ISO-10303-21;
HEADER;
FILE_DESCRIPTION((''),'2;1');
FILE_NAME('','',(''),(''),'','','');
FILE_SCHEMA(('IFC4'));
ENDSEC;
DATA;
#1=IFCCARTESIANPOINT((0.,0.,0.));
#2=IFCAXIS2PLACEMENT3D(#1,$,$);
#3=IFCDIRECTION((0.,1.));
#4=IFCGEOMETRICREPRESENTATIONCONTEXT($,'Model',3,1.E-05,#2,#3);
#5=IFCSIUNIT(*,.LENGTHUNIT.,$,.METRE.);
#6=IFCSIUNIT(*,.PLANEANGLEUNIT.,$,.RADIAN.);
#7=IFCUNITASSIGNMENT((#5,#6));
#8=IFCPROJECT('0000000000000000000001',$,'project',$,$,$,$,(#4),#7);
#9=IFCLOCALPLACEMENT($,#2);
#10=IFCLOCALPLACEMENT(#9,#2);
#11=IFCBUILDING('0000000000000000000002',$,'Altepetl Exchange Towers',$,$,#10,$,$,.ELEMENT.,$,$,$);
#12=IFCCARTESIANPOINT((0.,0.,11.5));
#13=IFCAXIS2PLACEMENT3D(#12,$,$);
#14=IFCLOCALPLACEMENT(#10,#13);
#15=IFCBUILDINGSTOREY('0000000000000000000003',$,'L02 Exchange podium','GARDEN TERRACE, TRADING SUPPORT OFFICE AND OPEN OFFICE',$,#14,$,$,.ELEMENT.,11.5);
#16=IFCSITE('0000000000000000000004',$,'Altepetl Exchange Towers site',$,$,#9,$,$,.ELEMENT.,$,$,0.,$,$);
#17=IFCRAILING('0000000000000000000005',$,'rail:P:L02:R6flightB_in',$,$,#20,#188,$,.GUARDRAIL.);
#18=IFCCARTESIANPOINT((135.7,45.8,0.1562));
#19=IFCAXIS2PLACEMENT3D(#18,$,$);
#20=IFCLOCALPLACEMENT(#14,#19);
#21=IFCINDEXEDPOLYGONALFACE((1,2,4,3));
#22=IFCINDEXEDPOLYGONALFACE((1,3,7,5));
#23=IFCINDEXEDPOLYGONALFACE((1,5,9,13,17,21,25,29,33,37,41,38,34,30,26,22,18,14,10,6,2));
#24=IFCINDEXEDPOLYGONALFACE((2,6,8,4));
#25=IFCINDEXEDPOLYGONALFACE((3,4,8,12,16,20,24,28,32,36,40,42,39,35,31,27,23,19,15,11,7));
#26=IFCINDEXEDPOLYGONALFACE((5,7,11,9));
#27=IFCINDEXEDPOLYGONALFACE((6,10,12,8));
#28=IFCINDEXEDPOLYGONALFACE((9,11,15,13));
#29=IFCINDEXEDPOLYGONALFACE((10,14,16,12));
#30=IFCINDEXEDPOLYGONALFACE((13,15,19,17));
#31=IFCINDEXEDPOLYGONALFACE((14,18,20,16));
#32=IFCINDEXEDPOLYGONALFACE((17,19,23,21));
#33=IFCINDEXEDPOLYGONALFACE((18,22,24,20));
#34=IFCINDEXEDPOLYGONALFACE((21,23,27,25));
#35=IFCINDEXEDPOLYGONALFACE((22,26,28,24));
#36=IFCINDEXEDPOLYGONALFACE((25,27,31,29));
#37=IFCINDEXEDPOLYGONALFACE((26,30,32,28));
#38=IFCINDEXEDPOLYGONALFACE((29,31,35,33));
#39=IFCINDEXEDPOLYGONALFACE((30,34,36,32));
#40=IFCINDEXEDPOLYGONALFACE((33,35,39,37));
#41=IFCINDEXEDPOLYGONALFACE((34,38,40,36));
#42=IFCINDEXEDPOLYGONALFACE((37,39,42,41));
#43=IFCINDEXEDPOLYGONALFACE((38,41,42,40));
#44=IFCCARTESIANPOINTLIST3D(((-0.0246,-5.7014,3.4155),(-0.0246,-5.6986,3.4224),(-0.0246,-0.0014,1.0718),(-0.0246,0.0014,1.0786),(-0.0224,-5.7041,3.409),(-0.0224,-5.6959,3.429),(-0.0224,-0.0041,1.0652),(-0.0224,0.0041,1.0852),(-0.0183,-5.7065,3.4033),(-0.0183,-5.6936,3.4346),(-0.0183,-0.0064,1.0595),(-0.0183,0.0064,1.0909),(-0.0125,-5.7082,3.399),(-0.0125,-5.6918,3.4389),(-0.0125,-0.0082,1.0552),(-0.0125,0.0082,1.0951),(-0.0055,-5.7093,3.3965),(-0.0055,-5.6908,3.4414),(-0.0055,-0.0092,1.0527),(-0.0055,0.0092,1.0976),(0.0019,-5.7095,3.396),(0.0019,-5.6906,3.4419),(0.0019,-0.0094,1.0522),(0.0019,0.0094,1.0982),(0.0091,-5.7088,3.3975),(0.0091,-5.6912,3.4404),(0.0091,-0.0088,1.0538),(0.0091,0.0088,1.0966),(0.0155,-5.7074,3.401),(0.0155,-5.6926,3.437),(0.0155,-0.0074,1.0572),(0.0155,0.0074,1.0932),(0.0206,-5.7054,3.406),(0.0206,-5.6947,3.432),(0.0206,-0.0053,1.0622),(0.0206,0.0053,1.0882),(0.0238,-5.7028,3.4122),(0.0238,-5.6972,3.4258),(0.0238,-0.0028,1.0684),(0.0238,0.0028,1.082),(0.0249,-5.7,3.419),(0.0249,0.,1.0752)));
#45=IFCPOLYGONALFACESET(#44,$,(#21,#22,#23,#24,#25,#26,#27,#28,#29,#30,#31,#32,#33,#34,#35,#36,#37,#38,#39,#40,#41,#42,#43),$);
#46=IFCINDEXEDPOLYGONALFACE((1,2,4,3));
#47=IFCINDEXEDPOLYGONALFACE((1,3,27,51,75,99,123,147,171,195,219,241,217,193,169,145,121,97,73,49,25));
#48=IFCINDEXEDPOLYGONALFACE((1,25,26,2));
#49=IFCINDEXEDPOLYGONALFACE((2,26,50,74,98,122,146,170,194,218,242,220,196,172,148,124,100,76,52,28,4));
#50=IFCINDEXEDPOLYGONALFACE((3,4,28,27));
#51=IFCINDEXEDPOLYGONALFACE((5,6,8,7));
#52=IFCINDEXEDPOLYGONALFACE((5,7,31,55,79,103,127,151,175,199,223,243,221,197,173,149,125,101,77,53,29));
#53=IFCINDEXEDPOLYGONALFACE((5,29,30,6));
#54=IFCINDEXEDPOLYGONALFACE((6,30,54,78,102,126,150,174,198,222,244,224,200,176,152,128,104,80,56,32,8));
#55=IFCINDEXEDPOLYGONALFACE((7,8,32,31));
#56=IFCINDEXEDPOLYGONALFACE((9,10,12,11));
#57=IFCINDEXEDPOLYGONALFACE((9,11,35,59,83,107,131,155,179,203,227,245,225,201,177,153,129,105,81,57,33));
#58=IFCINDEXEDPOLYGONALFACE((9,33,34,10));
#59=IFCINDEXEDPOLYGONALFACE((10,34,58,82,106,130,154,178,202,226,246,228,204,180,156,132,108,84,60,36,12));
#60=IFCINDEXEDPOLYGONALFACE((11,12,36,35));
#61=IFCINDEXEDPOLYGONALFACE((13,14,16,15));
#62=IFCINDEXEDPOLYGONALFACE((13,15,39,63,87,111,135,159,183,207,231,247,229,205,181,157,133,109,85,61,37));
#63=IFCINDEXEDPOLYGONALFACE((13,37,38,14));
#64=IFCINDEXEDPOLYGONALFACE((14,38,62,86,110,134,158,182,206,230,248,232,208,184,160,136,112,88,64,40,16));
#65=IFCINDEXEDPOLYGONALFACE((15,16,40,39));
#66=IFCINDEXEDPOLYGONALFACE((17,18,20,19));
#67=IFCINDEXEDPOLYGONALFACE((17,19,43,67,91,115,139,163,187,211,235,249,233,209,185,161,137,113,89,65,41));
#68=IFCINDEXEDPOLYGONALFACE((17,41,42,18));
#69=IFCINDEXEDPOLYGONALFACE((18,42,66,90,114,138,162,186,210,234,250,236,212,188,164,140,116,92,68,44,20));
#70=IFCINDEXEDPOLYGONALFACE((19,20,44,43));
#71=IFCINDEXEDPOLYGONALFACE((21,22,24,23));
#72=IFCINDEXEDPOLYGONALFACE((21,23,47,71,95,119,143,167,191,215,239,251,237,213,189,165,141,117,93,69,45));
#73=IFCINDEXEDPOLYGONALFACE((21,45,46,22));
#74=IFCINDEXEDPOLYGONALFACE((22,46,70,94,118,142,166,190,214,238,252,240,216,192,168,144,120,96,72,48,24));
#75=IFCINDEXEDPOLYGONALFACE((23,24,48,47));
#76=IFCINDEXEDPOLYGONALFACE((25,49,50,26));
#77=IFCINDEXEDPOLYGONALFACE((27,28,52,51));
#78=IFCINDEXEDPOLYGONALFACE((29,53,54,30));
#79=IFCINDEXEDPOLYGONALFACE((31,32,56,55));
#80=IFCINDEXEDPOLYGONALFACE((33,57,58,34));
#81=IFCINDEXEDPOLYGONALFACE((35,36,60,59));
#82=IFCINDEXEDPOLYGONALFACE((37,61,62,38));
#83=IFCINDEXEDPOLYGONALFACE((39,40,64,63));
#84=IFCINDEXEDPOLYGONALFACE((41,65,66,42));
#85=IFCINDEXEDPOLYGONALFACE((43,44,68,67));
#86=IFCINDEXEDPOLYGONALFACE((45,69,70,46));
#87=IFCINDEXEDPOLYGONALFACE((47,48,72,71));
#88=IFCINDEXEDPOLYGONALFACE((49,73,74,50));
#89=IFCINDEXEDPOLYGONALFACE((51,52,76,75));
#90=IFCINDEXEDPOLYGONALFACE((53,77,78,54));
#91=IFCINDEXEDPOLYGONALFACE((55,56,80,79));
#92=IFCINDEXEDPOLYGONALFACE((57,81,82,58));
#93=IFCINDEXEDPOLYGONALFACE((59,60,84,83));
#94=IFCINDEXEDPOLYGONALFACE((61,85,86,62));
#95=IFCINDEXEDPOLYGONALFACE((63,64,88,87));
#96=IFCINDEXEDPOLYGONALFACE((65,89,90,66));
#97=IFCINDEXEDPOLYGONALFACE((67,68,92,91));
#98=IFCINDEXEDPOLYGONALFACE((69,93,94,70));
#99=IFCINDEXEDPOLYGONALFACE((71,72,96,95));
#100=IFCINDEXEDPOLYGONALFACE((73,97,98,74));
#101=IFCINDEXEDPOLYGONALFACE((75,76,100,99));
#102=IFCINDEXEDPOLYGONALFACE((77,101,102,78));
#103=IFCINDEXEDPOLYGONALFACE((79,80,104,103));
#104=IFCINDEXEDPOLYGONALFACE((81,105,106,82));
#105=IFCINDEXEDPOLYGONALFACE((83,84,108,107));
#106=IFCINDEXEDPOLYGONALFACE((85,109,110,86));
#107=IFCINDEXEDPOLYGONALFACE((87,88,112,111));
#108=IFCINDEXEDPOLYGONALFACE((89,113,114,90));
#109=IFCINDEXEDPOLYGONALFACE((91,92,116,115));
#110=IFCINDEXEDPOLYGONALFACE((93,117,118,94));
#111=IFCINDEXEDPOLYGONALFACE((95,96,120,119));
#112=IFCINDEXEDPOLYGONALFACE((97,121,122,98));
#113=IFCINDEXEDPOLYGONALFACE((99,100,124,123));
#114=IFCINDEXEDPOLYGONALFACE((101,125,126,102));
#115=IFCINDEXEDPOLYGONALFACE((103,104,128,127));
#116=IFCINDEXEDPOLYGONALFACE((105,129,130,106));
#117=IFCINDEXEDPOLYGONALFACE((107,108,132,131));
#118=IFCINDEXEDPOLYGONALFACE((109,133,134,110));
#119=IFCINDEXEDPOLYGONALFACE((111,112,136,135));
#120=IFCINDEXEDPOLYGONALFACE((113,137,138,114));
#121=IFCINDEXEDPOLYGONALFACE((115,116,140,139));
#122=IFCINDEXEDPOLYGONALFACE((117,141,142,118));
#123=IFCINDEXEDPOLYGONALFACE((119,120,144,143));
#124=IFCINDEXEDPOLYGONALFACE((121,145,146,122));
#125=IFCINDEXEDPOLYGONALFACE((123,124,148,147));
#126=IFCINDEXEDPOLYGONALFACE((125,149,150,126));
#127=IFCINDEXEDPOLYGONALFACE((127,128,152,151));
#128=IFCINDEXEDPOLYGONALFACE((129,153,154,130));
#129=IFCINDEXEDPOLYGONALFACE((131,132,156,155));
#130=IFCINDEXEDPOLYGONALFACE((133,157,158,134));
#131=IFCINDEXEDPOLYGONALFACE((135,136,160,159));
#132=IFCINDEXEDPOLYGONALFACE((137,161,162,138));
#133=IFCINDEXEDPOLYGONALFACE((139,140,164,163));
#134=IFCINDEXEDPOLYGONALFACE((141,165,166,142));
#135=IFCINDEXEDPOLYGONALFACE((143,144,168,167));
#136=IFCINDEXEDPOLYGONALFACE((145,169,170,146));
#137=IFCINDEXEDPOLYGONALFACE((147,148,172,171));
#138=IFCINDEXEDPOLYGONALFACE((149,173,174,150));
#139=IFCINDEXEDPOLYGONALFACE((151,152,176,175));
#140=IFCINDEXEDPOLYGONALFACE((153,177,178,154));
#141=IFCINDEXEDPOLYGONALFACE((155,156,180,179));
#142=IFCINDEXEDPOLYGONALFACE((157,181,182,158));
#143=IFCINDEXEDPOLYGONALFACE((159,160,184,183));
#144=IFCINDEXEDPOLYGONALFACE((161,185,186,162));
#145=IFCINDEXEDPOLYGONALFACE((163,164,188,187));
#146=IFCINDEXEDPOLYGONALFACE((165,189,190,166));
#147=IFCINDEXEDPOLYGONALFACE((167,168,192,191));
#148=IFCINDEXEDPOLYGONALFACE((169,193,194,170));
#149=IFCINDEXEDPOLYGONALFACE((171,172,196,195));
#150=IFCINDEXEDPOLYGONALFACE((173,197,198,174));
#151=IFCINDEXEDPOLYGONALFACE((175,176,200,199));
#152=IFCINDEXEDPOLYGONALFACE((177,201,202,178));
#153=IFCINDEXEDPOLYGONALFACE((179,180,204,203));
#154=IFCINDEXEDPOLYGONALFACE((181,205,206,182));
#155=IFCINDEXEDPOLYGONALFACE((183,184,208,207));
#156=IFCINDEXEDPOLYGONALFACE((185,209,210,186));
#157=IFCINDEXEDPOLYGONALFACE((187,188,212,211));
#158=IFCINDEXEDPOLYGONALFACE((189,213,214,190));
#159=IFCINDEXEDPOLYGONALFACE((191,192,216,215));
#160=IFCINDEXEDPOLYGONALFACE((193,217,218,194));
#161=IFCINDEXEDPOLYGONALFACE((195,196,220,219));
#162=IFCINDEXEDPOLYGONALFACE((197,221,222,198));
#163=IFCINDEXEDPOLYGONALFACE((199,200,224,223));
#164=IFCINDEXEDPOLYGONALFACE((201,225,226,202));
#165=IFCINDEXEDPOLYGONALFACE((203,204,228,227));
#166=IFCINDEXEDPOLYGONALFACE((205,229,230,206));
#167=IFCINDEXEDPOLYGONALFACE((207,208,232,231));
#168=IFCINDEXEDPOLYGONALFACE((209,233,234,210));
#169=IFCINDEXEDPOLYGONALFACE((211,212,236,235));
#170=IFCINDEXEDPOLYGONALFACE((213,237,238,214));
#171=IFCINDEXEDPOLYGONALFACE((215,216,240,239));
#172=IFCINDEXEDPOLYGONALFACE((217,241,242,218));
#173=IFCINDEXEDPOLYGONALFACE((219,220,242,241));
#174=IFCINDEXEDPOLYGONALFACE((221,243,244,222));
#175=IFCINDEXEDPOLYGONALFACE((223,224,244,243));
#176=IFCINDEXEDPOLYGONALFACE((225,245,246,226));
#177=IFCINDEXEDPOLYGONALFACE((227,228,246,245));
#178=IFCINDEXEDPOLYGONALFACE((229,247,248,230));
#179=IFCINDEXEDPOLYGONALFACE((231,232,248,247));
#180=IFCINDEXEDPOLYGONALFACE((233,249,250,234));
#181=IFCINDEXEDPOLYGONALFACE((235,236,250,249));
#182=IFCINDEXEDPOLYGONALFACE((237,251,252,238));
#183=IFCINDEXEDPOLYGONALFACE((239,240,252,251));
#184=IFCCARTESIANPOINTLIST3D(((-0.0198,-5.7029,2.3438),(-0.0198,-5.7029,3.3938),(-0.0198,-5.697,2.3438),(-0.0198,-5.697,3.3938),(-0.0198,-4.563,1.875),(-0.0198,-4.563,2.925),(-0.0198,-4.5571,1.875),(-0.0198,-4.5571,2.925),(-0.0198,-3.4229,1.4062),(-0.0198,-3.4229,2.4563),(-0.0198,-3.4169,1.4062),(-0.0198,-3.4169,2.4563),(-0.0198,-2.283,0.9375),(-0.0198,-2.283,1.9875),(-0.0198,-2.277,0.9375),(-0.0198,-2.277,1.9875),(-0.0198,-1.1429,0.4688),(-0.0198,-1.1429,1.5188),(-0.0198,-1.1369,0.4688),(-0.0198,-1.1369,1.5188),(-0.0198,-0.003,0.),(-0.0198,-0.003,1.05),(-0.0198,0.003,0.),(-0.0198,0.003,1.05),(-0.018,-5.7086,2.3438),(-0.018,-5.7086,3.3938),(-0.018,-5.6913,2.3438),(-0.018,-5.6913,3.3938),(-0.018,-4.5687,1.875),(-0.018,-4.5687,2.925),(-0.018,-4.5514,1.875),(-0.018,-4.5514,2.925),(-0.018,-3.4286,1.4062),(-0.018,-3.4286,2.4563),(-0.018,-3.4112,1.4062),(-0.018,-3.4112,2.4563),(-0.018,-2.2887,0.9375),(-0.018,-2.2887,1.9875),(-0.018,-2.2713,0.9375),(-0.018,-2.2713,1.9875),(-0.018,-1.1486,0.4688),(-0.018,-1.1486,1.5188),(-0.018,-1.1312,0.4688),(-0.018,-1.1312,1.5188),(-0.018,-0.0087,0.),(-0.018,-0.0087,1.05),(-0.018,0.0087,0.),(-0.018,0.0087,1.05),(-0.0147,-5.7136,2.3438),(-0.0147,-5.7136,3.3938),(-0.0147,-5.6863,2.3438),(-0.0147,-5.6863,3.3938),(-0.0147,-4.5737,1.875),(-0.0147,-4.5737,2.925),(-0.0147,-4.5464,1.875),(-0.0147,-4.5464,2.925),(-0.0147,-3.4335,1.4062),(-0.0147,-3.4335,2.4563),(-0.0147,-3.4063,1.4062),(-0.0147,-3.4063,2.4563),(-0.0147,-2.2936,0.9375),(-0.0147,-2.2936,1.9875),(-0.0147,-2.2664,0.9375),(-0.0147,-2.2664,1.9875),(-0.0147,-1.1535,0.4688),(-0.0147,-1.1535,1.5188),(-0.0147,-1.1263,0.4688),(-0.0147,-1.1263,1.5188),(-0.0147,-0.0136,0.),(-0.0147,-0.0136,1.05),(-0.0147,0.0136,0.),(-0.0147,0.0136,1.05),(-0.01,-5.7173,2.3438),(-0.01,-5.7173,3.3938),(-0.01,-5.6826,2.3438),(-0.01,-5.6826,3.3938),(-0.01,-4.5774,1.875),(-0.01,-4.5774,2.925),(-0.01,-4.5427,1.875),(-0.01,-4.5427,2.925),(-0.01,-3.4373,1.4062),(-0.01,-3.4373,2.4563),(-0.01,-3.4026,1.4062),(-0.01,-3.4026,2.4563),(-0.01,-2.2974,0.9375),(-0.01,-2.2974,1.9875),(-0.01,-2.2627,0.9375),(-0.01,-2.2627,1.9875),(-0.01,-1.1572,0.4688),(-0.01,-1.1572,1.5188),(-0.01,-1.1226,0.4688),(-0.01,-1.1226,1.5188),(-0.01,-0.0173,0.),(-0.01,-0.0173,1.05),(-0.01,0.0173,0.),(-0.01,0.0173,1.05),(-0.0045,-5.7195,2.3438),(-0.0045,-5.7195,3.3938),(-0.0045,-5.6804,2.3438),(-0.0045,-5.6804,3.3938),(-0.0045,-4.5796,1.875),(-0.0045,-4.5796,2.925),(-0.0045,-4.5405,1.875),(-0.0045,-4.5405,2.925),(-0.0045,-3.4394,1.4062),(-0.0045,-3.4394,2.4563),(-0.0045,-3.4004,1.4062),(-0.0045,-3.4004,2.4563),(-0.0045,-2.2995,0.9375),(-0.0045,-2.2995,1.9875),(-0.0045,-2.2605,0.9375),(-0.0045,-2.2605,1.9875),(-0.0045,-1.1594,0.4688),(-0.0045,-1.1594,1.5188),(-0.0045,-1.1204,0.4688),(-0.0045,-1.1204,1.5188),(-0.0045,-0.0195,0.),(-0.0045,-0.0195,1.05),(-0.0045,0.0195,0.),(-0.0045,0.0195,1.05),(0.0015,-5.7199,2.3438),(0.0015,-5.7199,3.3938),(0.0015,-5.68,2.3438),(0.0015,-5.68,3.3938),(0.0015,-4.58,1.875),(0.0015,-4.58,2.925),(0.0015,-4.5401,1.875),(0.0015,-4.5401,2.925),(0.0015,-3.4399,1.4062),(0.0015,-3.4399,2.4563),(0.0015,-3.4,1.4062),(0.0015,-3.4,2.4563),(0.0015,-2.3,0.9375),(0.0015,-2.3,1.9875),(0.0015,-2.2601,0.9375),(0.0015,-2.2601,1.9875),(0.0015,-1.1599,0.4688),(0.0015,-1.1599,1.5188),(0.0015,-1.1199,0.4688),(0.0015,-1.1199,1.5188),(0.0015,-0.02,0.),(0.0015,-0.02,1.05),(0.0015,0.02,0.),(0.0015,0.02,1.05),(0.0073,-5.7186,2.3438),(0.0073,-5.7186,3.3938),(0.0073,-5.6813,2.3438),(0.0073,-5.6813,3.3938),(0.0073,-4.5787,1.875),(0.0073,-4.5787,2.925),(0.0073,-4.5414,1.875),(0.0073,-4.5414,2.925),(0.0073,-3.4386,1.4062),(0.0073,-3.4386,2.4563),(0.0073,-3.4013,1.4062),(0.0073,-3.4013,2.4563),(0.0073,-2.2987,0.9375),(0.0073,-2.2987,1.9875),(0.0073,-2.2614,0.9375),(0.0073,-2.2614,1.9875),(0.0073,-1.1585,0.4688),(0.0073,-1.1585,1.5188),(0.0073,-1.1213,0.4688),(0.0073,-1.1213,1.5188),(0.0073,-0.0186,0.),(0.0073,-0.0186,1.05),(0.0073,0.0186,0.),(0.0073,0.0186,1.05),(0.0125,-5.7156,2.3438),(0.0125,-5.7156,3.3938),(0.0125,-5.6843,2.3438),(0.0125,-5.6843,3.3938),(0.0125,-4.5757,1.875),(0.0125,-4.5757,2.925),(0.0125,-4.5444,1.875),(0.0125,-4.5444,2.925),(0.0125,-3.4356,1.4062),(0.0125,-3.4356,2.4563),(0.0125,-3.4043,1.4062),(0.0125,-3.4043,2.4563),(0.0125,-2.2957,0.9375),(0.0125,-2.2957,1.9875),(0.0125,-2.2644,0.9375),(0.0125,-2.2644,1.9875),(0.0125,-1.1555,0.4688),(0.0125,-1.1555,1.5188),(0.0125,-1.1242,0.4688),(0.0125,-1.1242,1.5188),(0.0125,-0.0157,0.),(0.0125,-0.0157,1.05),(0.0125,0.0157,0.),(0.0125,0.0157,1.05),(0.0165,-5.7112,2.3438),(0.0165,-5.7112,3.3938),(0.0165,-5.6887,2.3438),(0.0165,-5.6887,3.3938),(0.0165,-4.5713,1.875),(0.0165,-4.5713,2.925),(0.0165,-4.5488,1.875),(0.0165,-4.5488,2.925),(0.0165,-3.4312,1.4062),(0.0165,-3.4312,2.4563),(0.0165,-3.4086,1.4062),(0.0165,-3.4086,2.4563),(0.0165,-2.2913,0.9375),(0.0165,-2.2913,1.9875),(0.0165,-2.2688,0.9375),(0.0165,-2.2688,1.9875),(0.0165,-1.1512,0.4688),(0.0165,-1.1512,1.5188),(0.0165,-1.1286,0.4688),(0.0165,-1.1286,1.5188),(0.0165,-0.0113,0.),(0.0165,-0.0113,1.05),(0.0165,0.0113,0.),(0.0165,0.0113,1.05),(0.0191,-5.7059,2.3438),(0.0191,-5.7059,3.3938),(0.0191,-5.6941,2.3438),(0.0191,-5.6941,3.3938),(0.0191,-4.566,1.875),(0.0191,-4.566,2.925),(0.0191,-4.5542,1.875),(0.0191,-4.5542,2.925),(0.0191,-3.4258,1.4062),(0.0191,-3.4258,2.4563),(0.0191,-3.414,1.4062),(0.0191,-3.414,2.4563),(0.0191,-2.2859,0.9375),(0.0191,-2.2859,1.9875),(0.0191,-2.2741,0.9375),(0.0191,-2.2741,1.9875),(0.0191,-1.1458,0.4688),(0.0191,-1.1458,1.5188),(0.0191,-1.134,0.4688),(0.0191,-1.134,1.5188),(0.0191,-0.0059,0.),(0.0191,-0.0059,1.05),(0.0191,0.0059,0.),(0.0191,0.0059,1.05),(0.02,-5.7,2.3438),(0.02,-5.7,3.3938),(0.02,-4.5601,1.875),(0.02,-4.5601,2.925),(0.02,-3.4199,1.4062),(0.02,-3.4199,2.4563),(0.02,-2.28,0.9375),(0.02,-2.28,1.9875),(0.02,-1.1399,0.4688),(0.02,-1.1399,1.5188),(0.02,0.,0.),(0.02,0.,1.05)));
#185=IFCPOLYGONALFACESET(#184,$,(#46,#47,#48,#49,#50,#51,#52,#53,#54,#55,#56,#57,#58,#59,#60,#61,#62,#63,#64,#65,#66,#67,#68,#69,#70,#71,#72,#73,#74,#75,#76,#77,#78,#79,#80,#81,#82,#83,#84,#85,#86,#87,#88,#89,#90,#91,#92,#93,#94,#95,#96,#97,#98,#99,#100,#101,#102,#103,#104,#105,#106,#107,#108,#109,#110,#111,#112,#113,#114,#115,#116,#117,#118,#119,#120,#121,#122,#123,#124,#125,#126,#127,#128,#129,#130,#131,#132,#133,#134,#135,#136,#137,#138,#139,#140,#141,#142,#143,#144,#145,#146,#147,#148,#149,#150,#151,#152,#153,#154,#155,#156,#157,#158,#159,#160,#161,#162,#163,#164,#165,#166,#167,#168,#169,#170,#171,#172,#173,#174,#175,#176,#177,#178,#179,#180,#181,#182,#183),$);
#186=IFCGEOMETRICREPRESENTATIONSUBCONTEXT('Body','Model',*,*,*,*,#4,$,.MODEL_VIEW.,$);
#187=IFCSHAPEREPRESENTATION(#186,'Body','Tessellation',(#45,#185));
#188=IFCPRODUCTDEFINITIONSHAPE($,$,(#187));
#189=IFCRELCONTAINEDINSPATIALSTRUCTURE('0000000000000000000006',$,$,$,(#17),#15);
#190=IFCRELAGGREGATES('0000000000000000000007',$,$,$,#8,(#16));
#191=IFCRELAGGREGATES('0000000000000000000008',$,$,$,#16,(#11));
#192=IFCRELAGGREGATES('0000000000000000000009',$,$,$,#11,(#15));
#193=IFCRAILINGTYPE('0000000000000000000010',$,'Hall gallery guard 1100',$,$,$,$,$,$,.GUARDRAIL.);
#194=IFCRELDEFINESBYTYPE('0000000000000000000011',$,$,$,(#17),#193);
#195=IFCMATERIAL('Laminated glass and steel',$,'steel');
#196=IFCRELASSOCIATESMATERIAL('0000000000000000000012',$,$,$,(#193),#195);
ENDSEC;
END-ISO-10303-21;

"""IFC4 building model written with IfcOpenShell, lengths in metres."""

from ifc_helpers import new_model, si_unit, direction, frame, origin, origin_2d, place, context, subcontext, project, spatial, circle, extrude, source, transform, mapped, material, type_object, element, save


model = new_model("IFC4")

# Units and contexts
model_context = context("Model", 3, precision=1e-05, world=origin(), true_north=direction((0.0, 1.0)))
body_context = subcontext(model_context, "Body", "Model", "MODEL_VIEW")
ifc_project = project(units=[si_unit("LENGTHUNIT", "METRE"), si_unit("PLANEANGLEUNIT", "RADIAN")], contexts=[model_context])

# Site, building, storey
site_placement = place(None, origin())
site = spatial("IfcSite", under=ifc_project, at=site_placement, Name="Altepetl Exchange Towers site", CompositionType="ELEMENT", RefElevation=0.0)
building_placement = place(site_placement, origin())
building = spatial("IfcBuilding", under=site, at=building_placement, Name="Altepetl Exchange Towers", CompositionType="ELEMENT")
storey_placement = place(building_placement, frame((0.0, 0.0, 11.5)))
storey = spatial("IfcBuildingStorey", under=building, at=storey_placement, Name="L02 Exchange podium", Description="GARDEN TERRACE, TRADING SUPPORT OFFICE AND OPEN OFFICE", CompositionType="ELEMENT", Elevation=11.5)

# Railing
ifc_material_1 = material(Name="Laminated glass and steel", Category="steel")
railing_type_1 = type_object("IfcRailingType", Name="Hall gallery guard 1100", PredefinedType="GUARDRAIL", material=ifc_material_1)
shared_shape_1 = source(origin(), body_context, "Body", "SweptSolid", [
    extrude(circle(Radius=0.02, at=origin_2d()), origin(), (0.0, 0.0, 1.0), 1.05),
])
for number, where, name in (
    (1, (135.7, 45.8, 0.1562), "rail:P:L02:R6flightB_in"),
):
    element("IfcRailing", number, at=place(storey_placement, frame(where)), inside=storey, type_object=railing_type_1, Name=name, PredefinedType="GUARDRAIL", context=body_context, shape_type="SweptSolid", body=[
        extrude(circle(Radius=0.0249, at=origin_2d()), frame((0.0, 0.0, 1.0752), z_axis=(0.0, -0.924866, 0.380293), x_axis=(1.0, 0.0, 0.0)), (0.0, 0.0, 1.0), 6.1631),
        mapped(shared_shape_1, transform((0.0, 0.0, 0.0))),
        mapped(shared_shape_1, transform((0.0, -1.1399, 0.4688))),
        mapped(shared_shape_1, transform((0.0, -2.28, 0.9375))),
        mapped(shared_shape_1, transform((0.0, -3.4199, 1.4062))),
        mapped(shared_shape_1, transform((0.0, -4.5601, 1.875))),
        mapped(shared_shape_1, transform((0.0, -5.7, 2.3438))),
    ])

save(model, "model.ifc")
